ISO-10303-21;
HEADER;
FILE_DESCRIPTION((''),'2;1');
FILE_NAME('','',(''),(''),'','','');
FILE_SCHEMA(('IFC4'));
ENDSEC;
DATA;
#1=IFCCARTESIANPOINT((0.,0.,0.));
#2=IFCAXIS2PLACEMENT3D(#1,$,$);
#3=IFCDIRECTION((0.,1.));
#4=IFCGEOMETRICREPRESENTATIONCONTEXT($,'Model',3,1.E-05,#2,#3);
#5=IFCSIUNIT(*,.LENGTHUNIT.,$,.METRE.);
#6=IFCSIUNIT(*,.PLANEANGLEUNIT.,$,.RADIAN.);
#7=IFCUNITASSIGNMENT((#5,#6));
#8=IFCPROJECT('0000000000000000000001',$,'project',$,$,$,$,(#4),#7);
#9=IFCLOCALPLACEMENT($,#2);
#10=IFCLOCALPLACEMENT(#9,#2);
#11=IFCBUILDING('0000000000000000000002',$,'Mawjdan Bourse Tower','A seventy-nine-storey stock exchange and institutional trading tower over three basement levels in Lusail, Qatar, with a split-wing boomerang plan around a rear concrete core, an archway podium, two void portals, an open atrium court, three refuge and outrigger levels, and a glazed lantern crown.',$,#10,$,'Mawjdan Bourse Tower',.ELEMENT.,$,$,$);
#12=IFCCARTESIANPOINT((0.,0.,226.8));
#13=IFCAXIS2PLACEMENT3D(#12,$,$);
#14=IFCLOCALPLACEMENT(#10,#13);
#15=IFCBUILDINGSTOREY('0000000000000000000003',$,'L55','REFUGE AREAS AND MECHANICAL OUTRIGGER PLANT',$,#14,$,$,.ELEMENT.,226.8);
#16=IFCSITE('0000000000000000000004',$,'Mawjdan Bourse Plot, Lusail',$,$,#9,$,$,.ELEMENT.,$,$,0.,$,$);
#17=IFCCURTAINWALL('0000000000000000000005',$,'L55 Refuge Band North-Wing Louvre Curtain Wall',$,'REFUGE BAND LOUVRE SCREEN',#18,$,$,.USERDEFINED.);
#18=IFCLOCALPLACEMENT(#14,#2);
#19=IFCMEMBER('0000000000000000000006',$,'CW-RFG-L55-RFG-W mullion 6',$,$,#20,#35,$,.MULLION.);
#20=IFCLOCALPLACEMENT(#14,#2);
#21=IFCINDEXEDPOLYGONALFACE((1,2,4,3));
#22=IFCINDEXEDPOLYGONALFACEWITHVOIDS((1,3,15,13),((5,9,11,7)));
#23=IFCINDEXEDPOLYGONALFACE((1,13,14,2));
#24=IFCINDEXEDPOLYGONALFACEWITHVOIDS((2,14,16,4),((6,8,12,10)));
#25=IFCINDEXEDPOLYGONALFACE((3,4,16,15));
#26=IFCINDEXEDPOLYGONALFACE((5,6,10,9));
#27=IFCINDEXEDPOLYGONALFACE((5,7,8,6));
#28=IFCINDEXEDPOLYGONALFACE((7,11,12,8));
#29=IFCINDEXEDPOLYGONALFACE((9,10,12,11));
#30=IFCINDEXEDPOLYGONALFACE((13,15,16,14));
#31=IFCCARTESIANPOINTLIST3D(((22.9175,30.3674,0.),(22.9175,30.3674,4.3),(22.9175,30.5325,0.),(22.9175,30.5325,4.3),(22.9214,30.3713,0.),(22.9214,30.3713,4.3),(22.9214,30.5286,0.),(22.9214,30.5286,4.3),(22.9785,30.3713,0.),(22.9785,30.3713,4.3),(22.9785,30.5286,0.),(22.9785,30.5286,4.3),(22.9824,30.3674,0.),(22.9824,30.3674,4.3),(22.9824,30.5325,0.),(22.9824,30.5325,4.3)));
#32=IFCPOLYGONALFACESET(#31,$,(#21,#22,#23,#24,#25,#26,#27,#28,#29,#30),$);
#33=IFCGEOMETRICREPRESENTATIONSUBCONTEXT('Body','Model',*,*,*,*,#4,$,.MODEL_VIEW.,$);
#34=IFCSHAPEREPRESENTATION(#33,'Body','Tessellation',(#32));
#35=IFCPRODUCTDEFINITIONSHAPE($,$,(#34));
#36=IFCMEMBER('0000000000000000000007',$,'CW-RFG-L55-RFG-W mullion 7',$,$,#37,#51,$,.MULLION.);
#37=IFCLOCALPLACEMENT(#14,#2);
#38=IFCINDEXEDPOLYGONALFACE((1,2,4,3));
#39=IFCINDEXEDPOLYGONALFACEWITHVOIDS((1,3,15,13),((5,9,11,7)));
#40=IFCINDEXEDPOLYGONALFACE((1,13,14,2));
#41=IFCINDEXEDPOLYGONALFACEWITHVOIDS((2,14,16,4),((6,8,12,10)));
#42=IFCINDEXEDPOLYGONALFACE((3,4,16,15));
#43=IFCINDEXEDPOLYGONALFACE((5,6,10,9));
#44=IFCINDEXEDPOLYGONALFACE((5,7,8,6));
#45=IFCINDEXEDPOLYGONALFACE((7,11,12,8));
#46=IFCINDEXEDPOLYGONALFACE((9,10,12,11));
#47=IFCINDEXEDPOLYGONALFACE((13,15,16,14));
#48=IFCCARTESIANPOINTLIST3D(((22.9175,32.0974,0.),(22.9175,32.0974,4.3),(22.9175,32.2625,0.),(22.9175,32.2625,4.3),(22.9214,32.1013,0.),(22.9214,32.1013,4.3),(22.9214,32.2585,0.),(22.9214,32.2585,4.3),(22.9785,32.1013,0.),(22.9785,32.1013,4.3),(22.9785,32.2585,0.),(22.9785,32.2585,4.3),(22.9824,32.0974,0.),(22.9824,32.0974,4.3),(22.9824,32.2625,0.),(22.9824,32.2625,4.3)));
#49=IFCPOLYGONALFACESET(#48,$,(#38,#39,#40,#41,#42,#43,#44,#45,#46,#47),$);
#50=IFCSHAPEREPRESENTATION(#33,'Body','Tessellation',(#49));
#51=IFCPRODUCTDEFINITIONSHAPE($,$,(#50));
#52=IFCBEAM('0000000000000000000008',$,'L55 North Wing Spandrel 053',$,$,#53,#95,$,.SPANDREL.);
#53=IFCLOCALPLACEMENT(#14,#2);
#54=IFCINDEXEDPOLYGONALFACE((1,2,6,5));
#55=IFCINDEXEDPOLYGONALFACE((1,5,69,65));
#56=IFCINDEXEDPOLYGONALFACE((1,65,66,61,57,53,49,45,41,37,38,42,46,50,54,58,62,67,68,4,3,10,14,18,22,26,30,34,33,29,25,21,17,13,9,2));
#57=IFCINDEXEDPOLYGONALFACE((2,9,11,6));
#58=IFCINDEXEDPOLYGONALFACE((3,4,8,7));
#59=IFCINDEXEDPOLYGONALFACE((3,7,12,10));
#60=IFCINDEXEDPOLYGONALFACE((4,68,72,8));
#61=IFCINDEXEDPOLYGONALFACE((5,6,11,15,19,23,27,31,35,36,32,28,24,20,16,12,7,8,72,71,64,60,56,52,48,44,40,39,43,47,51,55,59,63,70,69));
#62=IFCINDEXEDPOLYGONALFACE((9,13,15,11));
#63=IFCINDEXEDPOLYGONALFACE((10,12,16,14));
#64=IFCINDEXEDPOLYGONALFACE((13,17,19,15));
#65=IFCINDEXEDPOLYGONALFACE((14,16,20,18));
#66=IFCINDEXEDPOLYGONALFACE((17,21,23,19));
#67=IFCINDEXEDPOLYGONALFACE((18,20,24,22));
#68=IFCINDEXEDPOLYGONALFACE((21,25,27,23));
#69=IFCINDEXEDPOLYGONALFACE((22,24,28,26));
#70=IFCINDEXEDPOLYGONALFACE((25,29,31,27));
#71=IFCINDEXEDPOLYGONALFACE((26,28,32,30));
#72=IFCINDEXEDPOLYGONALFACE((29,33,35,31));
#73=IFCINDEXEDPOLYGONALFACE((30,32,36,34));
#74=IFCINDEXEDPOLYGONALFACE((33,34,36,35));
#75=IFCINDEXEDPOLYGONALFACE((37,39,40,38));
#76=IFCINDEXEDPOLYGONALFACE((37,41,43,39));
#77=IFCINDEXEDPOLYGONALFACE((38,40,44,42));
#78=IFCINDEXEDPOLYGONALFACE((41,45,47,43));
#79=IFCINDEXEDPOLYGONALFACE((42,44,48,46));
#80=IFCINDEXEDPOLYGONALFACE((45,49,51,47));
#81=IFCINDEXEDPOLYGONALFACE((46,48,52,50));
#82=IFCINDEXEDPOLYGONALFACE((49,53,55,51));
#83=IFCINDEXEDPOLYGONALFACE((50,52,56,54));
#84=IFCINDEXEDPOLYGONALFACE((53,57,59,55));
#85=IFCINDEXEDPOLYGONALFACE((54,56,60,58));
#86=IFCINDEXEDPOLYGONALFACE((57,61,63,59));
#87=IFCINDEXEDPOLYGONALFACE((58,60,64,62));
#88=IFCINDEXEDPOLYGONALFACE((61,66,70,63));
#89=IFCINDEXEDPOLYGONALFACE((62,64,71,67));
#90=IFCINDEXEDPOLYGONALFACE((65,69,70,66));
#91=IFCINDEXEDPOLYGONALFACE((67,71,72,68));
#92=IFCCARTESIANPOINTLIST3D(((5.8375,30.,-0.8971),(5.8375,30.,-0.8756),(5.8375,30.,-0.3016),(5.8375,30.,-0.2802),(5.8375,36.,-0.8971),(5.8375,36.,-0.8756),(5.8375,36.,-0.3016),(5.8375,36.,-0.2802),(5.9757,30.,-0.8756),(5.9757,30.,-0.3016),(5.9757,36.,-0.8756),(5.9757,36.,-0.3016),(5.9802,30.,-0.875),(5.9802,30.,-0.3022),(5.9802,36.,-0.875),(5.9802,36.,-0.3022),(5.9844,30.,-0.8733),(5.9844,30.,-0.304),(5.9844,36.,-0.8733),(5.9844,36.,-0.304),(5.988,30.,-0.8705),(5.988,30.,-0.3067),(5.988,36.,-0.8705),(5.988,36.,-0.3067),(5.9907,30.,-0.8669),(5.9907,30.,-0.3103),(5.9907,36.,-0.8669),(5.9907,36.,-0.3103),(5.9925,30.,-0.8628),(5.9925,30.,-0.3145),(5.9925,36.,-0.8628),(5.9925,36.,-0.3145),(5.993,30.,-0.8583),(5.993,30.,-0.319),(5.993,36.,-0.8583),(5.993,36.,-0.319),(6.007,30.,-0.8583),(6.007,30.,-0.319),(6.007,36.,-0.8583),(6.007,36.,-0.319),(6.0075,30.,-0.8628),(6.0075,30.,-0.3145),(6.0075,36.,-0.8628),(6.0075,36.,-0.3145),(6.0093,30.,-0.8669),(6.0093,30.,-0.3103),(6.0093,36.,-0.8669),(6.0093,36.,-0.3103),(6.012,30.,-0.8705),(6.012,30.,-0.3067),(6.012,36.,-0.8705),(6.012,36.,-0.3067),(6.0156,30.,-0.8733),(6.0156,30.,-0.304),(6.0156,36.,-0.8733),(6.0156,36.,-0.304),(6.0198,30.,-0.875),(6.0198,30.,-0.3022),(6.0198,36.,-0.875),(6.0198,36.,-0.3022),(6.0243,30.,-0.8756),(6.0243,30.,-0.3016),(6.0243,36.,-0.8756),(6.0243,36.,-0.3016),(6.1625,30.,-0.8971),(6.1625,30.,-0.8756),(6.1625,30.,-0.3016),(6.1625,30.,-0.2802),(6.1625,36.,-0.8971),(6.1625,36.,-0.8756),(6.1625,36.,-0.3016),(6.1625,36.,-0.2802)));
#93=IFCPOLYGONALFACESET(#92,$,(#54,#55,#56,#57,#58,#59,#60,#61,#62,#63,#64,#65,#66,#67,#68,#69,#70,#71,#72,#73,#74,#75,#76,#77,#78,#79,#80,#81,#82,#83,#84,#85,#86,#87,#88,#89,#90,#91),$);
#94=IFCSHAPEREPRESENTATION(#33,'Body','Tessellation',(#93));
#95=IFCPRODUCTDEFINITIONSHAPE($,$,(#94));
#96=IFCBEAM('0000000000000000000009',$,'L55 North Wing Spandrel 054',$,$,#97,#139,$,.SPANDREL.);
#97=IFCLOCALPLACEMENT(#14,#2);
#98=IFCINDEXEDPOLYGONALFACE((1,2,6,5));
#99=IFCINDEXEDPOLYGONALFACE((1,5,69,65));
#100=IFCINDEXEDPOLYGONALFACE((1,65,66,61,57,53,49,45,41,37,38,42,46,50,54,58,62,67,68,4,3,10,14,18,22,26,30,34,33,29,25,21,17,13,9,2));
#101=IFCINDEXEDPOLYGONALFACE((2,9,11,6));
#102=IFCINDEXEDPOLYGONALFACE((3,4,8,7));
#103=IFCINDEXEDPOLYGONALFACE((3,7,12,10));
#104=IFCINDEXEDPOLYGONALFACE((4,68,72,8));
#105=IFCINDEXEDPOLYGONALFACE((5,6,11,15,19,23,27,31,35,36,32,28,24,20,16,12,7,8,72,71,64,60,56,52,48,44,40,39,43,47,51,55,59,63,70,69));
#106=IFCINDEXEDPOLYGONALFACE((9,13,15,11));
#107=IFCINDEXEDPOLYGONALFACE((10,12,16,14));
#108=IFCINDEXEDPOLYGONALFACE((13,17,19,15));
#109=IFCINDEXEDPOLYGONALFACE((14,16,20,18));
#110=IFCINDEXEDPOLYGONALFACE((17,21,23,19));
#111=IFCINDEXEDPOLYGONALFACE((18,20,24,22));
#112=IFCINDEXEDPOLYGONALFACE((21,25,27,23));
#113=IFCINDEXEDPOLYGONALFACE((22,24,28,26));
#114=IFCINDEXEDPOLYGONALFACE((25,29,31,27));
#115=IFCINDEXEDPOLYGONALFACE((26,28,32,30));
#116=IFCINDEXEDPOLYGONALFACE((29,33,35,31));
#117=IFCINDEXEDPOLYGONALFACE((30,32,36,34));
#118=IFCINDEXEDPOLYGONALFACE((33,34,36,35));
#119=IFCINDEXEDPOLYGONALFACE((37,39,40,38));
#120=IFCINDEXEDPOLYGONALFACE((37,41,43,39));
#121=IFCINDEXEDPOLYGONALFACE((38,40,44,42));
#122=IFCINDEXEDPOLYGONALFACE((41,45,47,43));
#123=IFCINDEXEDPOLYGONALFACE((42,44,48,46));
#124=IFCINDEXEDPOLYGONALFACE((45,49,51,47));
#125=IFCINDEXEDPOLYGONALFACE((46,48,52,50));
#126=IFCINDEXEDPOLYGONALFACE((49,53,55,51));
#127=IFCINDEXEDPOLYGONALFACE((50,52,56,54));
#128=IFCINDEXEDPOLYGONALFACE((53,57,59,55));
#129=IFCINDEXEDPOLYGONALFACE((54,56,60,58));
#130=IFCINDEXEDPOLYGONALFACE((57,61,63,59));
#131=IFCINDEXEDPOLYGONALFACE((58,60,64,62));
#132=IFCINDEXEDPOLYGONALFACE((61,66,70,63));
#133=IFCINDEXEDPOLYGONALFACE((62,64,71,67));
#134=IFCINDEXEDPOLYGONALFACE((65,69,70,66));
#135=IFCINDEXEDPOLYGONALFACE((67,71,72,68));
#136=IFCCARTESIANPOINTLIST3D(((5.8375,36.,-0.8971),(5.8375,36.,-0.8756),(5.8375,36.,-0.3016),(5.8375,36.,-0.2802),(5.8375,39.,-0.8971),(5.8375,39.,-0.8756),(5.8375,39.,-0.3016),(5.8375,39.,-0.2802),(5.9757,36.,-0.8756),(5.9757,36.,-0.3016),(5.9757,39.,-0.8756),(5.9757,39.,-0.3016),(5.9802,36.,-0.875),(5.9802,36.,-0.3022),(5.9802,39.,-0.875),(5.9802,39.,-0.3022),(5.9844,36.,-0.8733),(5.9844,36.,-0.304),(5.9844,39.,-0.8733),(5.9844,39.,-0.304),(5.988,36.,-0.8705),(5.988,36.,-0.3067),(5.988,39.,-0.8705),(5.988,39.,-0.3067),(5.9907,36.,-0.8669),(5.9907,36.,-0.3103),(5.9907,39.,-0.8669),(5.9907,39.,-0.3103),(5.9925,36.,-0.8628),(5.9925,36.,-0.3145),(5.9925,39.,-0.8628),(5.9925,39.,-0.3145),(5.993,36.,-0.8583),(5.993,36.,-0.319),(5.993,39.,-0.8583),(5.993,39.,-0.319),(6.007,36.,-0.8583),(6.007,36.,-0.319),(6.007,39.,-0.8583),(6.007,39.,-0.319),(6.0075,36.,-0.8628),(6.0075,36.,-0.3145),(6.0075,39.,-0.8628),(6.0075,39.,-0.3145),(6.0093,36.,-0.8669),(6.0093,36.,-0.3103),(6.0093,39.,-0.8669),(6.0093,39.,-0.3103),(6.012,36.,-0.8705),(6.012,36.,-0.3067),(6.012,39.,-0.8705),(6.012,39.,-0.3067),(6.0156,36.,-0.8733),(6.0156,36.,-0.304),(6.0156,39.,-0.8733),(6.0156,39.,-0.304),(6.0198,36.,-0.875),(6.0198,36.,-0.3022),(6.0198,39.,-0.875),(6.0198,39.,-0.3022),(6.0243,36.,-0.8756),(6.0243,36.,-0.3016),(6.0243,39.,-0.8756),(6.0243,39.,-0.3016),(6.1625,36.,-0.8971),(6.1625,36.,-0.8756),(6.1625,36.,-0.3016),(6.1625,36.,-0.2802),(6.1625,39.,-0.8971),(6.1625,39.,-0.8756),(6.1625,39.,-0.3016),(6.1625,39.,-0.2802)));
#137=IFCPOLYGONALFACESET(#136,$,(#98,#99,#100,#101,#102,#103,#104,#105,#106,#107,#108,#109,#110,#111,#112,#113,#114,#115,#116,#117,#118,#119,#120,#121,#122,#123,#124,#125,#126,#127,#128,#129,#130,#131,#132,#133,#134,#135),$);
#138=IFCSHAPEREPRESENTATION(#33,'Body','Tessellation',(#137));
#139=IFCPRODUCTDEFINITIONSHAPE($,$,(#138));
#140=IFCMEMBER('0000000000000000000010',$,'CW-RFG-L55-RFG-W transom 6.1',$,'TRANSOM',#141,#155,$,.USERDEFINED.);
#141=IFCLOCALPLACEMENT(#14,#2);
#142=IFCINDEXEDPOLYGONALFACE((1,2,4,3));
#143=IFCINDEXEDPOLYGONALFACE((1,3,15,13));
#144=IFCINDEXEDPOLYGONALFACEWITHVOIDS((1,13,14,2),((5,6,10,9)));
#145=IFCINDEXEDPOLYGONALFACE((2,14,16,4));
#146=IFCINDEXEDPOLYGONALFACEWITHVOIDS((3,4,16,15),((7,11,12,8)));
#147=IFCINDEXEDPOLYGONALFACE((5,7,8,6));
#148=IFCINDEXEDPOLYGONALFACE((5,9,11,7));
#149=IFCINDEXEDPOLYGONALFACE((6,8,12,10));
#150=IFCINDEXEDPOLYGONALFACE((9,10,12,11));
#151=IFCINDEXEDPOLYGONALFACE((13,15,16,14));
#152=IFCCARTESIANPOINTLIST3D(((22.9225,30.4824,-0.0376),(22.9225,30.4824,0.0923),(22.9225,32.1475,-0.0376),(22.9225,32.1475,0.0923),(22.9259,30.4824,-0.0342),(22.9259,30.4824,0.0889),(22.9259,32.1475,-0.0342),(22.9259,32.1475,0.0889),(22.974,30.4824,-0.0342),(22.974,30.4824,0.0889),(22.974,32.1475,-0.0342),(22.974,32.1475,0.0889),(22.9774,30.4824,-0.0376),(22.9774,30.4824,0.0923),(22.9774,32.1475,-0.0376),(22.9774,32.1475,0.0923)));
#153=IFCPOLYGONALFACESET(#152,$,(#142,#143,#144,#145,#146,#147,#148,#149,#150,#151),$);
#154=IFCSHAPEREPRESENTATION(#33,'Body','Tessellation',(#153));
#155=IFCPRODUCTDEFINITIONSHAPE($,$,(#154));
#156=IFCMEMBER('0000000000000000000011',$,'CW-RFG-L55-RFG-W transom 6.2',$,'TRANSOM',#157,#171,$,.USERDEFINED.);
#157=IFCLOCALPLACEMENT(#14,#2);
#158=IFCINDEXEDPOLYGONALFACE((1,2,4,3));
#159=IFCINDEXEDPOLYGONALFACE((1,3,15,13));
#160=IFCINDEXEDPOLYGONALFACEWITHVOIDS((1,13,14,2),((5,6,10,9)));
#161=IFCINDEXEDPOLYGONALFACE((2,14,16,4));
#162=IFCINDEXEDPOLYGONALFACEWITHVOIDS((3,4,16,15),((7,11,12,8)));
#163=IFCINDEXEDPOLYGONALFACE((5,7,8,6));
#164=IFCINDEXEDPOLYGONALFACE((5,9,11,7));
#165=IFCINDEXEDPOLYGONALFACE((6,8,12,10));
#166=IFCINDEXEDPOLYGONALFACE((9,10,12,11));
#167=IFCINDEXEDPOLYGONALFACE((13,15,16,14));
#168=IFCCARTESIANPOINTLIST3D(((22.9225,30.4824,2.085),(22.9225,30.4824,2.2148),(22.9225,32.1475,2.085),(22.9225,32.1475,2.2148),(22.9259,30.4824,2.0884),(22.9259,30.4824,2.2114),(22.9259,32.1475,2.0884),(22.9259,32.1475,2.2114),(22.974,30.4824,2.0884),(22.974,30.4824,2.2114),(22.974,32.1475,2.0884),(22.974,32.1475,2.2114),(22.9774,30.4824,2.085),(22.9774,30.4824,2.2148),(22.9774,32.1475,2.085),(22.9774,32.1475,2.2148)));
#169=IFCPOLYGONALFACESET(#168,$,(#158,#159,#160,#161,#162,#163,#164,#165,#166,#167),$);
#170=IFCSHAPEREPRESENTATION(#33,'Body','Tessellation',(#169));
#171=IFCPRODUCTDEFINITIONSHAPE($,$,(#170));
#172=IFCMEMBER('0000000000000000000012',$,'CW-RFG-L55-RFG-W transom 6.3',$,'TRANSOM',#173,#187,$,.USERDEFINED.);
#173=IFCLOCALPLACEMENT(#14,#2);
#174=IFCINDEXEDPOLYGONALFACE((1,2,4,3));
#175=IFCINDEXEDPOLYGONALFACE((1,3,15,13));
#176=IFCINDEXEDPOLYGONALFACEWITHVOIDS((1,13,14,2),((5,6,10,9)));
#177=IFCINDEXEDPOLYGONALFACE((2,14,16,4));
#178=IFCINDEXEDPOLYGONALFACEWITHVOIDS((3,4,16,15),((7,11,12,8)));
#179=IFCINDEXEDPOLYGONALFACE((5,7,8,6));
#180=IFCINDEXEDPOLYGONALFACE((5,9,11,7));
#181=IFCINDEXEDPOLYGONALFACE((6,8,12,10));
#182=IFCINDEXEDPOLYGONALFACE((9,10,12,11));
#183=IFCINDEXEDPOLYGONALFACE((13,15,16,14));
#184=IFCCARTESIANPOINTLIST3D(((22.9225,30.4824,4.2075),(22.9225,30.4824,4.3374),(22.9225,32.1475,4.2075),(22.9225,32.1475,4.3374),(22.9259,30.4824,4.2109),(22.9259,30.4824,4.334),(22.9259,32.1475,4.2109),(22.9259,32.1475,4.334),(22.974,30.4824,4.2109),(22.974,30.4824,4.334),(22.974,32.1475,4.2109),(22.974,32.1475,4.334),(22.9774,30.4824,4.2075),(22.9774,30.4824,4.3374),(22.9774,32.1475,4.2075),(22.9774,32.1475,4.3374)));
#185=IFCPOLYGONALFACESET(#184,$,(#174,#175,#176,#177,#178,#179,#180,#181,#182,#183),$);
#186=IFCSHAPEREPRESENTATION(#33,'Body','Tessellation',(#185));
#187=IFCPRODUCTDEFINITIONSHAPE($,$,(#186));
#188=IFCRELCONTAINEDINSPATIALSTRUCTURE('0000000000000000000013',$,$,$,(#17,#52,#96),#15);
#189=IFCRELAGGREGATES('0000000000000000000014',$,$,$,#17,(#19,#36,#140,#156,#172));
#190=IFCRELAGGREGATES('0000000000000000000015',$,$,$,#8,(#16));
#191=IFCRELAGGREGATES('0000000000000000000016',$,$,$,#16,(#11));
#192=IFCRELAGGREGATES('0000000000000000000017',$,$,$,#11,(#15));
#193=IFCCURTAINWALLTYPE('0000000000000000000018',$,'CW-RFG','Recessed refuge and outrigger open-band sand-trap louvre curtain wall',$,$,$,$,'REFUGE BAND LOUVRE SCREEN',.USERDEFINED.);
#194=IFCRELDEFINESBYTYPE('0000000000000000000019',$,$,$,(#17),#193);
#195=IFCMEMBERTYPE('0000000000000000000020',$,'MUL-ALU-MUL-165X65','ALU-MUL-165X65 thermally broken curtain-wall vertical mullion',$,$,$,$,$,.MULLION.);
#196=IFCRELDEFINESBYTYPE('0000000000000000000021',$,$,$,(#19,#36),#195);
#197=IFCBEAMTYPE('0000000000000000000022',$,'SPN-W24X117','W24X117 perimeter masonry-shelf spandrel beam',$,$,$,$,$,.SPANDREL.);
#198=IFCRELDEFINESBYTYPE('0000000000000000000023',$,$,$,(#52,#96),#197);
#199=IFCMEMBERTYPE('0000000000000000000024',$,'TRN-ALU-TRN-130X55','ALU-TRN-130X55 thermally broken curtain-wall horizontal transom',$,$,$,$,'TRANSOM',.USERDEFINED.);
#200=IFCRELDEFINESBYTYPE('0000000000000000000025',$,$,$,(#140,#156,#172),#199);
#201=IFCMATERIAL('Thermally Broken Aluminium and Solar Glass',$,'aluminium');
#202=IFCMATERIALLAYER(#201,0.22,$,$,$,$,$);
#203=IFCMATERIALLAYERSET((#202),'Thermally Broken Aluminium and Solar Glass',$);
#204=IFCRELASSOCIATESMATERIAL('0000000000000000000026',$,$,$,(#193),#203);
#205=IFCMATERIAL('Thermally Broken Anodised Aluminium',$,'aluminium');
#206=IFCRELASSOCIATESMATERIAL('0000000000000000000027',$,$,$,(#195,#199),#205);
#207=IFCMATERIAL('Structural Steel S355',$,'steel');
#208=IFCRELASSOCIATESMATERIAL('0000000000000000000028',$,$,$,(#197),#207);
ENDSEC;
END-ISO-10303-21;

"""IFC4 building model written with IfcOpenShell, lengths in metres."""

from ifc_helpers import new_model, si_unit, direction, frame, origin, origin_2d, place, context, subcontext, project, spatial, hollow_rectangle, i_section, extrude, material, layer, layer_set, material_profile, profile_set, type_object, element, aggregate, save


model = new_model("IFC4")

# Units and contexts
model_context = context("Model", 3, precision=1e-05, world=origin(), true_north=direction((0.0, 1.0)))
body_context = subcontext(model_context, "Body", "Model", "MODEL_VIEW")
ifc_project = project(units=[si_unit("LENGTHUNIT", "METRE"), si_unit("PLANEANGLEUNIT", "RADIAN")], contexts=[model_context])

# Site, building, storey
site_placement = place(None, origin())
site = spatial("IfcSite", under=ifc_project, at=site_placement, Name="Mawjdan Bourse Plot, Lusail", CompositionType="ELEMENT", RefElevation=0.0)
building_placement = place(site_placement, origin())
building = spatial("IfcBuilding", under=site, at=building_placement, Name="Mawjdan Bourse Tower", Description="A seventy-nine-storey stock exchange and institutional trading tower over three basement levels in Lusail, Qatar, with a split-wing boomerang plan around a rear concrete core, an archway podium, two void portals, an open atrium court, three refuge and outrigger levels, and a glazed lantern crown.", LongName="Mawjdan Bourse Tower", CompositionType="ELEMENT")
storey_placement = place(building_placement, frame((0.0, 0.0, 226.8)))
storey = spatial("IfcBuildingStorey", under=building, at=storey_placement, Name="L55", Description="REFUGE AREAS AND MECHANICAL OUTRIGGER PLANT", CompositionType="ELEMENT", Elevation=226.8)

# Shared definitions
ifc_material_1 = material(Name="Structural Steel S355", Category="steel")

# Curtain wall, members
ifc_material_2 = material(Name="Thermally Broken Aluminium and Solar Glass", Category="aluminium")
ifc_layer_1 = layer(ifc_material_2, 0.22)
ifc_layer_set_1 = layer_set([ifc_layer_1], Name="Thermally Broken Aluminium and Solar Glass")
curtain_wall_type = type_object("IfcCurtainWallType", Name="CW-RFG", Description="Recessed refuge and outrigger open-band sand-trap louvre curtain wall", ElementType="REFUGE BAND LOUVRE SCREEN", PredefinedType="USERDEFINED", material=ifc_layer_set_1)
curtain_wall_placement = place(storey_placement, origin())
curtain_wall = element("IfcCurtainWall", 1, at=curtain_wall_placement, inside=storey, type_object=curtain_wall_type, Name="L55 Refuge Band North-Wing Louvre Curtain Wall", ObjectType="REFUGE BAND LOUVRE SCREEN", PredefinedType="USERDEFINED")
ifc_material_3 = material(Name="Thermally Broken Anodised Aluminium", Category="aluminium")
ifc_material_profile_1 = material_profile(ifc_material_3, hollow_rectangle(XDim=0.0649, YDim=0.165, WallThickness=0.0039, at=origin_2d()), Name="ALU-MUL-165X65")
ifc_profile_set_1 = profile_set([ifc_material_profile_1], Name="Thermally Broken Anodised Aluminium")
member_type_1 = type_object("IfcMemberType", Name="MUL-ALU-MUL-165X65", Description="ALU-MUL-165X65 thermally broken curtain-wall vertical mullion", PredefinedType="MULLION", material=ifc_profile_set_1)
member_1_placement = place(storey_placement, frame((22.95, 30.45, 0.0), z_axis=(0.0, 0.0, 1.0), x_axis=(-1.0, 0.0, 0.0)))
member_1 = element("IfcMember", 2, at=member_1_placement, type_object=member_type_1, Name="CW-RFG-L55-RFG-W mullion 6", PredefinedType="MULLION", context=body_context, shape_type="SweptSolid", body=[
    extrude(hollow_rectangle(XDim=0.0649, YDim=0.165, WallThickness=0.0039, at=origin_2d()), origin(), (0.0, 0.0, 1.0), 4.3),
])
member_2_placement = place(storey_placement, frame((22.95, 32.1799, 0.0), z_axis=(0.0, 0.0, 1.0), x_axis=(-1.0, 0.0, 0.0)))
member_2 = element("IfcMember", 3, at=member_2_placement, type_object=member_type_1, Name="CW-RFG-L55-RFG-W mullion 7", PredefinedType="MULLION", context=body_context, shape_type="SweptSolid", body=[
    extrude(hollow_rectangle(XDim=0.0649, YDim=0.165, WallThickness=0.0039, at=origin_2d()), origin(), (0.0, 0.0, 1.0), 4.3),
])

# Beams
ifc_material_profile_2 = material_profile(ifc_material_1, i_section(OverallWidth=0.325, OverallDepth=0.6169, WebThickness=0.0139, FlangeThickness=0.0215, FilletRadius=0.0173, at=origin_2d()), Name="W24X117")
ifc_profile_set_2 = profile_set([ifc_material_profile_2], Name="Structural Steel S355")
beam_type_1 = type_object("IfcBeamType", Name="SPN-W24X117", Description="W24X117 perimeter masonry-shelf spandrel beam", PredefinedType="SPANDREL", material=ifc_profile_set_2)
beam_1_placement = place(storey_placement, frame((6.0, 30.0, -0.5886), z_axis=(0.0, 1.0, 0.0), x_axis=(-1.0, 0.0, 0.0)))
element("IfcBeam", 4, at=beam_1_placement, inside=storey, type_object=beam_type_1, Name="L55 North Wing Spandrel 053", PredefinedType="SPANDREL", context=body_context, shape_type="SweptSolid", body=[
    extrude(i_section(OverallWidth=0.325, OverallDepth=0.6169, WebThickness=0.0139, FlangeThickness=0.0215, FilletRadius=0.0173, at=origin_2d()), origin(), (0.0, 0.0, 1.0), 6.0),
])
beam_2_placement = place(storey_placement, frame((6.0, 36.0, -0.5886), z_axis=(0.0, 1.0, 0.0), x_axis=(-1.0, 0.0, 0.0)))
element("IfcBeam", 5, at=beam_2_placement, inside=storey, type_object=beam_type_1, Name="L55 North Wing Spandrel 054", PredefinedType="SPANDREL", context=body_context, shape_type="SweptSolid", body=[
    extrude(i_section(OverallWidth=0.325, OverallDepth=0.6169, WebThickness=0.0139, FlangeThickness=0.0215, FilletRadius=0.0173, at=origin_2d()), origin(), (0.0, 0.0, 1.0), 3.0),
])

# Members
ifc_material_profile_3 = material_profile(ifc_material_3, hollow_rectangle(XDim=0.0549, YDim=0.1299, WallThickness=0.0034, at=origin_2d()), Name="ALU-TRN-130X55")
ifc_profile_set_3 = profile_set([ifc_material_profile_3], Name="Thermally Broken Anodised Aluminium")
member_type_2 = type_object("IfcMemberType", Name="TRN-ALU-TRN-130X55", Description="ALU-TRN-130X55 thermally broken curtain-wall horizontal transom", ElementType="TRANSOM", PredefinedType="USERDEFINED", material=ifc_profile_set_3)
member_3_placement = place(storey_placement, frame((22.95, 30.4824, 0.0273), z_axis=(0.0, 1.0, 0.0), x_axis=(-1.0, 0.0, 0.0)))
member_3 = element("IfcMember", 6, at=member_3_placement, type_object=member_type_2, Name="CW-RFG-L55-RFG-W transom 6.1", ObjectType="TRANSOM", PredefinedType="USERDEFINED", context=body_context, shape_type="SweptSolid", body=[
    extrude(hollow_rectangle(XDim=0.0549, YDim=0.1299, WallThickness=0.0034, at=origin_2d()), origin(), (0.0, 0.0, 1.0), 1.665),
])
member_4_placement = place(storey_placement, frame((22.95, 30.4824, 2.1499), z_axis=(0.0, 1.0, 0.0), x_axis=(-1.0, 0.0, 0.0)))
member_4 = element("IfcMember", 7, at=member_4_placement, type_object=member_type_2, Name="CW-RFG-L55-RFG-W transom 6.2", ObjectType="TRANSOM", PredefinedType="USERDEFINED", context=body_context, shape_type="SweptSolid", body=[
    extrude(hollow_rectangle(XDim=0.0549, YDim=0.1299, WallThickness=0.0034, at=origin_2d()), origin(), (0.0, 0.0, 1.0), 1.665),
])
member_5_placement = place(storey_placement, frame((22.95, 30.4824, 4.2725), z_axis=(0.0, 1.0, 0.0), x_axis=(-1.0, 0.0, 0.0)))
member_5 = element("IfcMember", 8, at=member_5_placement, type_object=member_type_2, Name="CW-RFG-L55-RFG-W transom 6.3", ObjectType="TRANSOM", PredefinedType="USERDEFINED", context=body_context, shape_type="SweptSolid", body=[
    extrude(hollow_rectangle(XDim=0.0549, YDim=0.1299, WallThickness=0.0034, at=origin_2d()), origin(), (0.0, 0.0, 1.0), 1.665),
])

aggregate(curtain_wall, [member_1, member_2, member_3, member_4, member_5])

save(model, "model.ifc")
